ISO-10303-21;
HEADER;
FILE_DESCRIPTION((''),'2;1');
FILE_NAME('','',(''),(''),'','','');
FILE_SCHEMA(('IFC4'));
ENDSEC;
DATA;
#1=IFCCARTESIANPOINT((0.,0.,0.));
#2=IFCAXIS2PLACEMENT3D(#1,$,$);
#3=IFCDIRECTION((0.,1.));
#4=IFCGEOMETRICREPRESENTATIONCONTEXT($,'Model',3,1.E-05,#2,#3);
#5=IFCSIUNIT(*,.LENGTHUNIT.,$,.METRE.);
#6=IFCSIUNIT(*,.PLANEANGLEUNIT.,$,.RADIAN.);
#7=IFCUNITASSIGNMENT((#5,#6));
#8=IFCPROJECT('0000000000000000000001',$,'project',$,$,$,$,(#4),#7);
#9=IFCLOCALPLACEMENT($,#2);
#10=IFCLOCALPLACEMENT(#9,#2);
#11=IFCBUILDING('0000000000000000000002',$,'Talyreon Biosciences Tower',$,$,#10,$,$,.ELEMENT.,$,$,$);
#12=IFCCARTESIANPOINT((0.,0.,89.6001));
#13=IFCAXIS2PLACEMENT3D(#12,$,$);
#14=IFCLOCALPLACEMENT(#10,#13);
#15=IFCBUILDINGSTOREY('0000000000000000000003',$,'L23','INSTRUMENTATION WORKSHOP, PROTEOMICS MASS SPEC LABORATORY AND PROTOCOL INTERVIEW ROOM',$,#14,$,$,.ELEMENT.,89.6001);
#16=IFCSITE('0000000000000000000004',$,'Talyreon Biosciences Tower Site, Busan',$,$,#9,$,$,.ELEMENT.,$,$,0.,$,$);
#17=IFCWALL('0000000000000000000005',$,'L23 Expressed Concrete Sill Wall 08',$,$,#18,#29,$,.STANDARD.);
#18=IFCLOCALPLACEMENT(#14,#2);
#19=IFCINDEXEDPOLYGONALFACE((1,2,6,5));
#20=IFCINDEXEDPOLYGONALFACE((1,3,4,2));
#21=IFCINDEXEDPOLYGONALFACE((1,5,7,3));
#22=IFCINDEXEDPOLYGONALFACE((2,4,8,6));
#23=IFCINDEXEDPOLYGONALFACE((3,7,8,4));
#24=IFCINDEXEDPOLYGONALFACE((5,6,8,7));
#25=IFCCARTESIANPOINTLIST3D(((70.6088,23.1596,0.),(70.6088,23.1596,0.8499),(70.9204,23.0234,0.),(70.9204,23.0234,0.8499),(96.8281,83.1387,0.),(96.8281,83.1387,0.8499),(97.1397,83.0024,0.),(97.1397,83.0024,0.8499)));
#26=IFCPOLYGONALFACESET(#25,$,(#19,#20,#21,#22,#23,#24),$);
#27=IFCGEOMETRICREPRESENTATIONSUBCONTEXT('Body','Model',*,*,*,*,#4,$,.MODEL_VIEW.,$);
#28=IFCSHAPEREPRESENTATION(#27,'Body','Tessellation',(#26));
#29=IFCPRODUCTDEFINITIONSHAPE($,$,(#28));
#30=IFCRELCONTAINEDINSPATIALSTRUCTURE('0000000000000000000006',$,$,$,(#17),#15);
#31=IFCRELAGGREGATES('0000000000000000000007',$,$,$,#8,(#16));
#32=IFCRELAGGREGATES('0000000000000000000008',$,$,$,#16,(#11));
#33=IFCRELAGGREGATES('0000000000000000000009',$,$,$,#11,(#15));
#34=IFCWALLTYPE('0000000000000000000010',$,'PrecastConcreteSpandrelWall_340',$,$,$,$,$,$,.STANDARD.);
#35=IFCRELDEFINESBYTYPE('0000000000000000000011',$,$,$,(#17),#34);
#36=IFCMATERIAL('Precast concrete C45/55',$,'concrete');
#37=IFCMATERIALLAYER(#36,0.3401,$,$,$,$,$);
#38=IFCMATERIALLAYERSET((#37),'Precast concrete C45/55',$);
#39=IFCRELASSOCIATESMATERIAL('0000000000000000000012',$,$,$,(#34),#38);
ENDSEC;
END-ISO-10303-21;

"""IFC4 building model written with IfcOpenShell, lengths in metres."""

from ifc_helpers import new_model, si_unit, direction, frame, frame_2d, origin, place, context, subcontext, project, spatial, rectangle, extrude, material, layer, layer_set, type_object, element, save


model = new_model("IFC4")

# Units and contexts
model_context = context("Model", 3, precision=1e-05, world=origin(), true_north=direction((0.0, 1.0)))
body_context = subcontext(model_context, "Body", "Model", "MODEL_VIEW")
ifc_project = project(units=[si_unit("LENGTHUNIT", "METRE"), si_unit("PLANEANGLEUNIT", "RADIAN")], contexts=[model_context])

# Site, building, storey
site_placement = place(None, origin())
site = spatial("IfcSite", under=ifc_project, at=site_placement, Name="Talyreon Biosciences Tower Site, Busan", CompositionType="ELEMENT", RefElevation=0.0)
building_placement = place(site_placement, origin())
building = spatial("IfcBuilding", under=site, at=building_placement, Name="Talyreon Biosciences Tower", CompositionType="ELEMENT")
storey_placement = place(building_placement, frame((0.0, 0.0, 89.6001)))
storey = spatial("IfcBuildingStorey", under=building, at=storey_placement, Name="L23", Description="INSTRUMENTATION WORKSHOP, PROTEOMICS MASS SPEC LABORATORY AND PROTOCOL INTERVIEW ROOM", CompositionType="ELEMENT", Elevation=89.6001)

# Shared definitions
ifc_material_1 = material(Name="Precast concrete C45/55", Category="concrete")

# Wall
ifc_layer_1 = layer(ifc_material_1, 0.3401)
ifc_layer_set_1 = layer_set([ifc_layer_1], Name="Precast concrete C45/55")
wall_type = type_object("IfcWallType", Name="PrecastConcreteSpandrelWall_340", PredefinedType="STANDARD", material=ifc_layer_set_1)
wall_1_placement = place(storey_placement, frame((96.9839, 83.0706, 0.0), z_axis=(0.0, 0.0, 1.0), x_axis=(-0.400542, -0.916278, 0.0)))
element("IfcWall", 1, at=wall_1_placement, inside=storey, type_object=wall_type, Name="L23 Expressed Concrete Sill Wall 08", PredefinedType="STANDARD", context=body_context, shape_type="SweptSolid", body=[
    extrude(rectangle(XDim=65.4595, YDim=0.3401, at=frame_2d((32.7297, 0.0))), origin(), (0.0, 0.0, 1.0), 0.8499),
])

save(model, "model.ifc")
